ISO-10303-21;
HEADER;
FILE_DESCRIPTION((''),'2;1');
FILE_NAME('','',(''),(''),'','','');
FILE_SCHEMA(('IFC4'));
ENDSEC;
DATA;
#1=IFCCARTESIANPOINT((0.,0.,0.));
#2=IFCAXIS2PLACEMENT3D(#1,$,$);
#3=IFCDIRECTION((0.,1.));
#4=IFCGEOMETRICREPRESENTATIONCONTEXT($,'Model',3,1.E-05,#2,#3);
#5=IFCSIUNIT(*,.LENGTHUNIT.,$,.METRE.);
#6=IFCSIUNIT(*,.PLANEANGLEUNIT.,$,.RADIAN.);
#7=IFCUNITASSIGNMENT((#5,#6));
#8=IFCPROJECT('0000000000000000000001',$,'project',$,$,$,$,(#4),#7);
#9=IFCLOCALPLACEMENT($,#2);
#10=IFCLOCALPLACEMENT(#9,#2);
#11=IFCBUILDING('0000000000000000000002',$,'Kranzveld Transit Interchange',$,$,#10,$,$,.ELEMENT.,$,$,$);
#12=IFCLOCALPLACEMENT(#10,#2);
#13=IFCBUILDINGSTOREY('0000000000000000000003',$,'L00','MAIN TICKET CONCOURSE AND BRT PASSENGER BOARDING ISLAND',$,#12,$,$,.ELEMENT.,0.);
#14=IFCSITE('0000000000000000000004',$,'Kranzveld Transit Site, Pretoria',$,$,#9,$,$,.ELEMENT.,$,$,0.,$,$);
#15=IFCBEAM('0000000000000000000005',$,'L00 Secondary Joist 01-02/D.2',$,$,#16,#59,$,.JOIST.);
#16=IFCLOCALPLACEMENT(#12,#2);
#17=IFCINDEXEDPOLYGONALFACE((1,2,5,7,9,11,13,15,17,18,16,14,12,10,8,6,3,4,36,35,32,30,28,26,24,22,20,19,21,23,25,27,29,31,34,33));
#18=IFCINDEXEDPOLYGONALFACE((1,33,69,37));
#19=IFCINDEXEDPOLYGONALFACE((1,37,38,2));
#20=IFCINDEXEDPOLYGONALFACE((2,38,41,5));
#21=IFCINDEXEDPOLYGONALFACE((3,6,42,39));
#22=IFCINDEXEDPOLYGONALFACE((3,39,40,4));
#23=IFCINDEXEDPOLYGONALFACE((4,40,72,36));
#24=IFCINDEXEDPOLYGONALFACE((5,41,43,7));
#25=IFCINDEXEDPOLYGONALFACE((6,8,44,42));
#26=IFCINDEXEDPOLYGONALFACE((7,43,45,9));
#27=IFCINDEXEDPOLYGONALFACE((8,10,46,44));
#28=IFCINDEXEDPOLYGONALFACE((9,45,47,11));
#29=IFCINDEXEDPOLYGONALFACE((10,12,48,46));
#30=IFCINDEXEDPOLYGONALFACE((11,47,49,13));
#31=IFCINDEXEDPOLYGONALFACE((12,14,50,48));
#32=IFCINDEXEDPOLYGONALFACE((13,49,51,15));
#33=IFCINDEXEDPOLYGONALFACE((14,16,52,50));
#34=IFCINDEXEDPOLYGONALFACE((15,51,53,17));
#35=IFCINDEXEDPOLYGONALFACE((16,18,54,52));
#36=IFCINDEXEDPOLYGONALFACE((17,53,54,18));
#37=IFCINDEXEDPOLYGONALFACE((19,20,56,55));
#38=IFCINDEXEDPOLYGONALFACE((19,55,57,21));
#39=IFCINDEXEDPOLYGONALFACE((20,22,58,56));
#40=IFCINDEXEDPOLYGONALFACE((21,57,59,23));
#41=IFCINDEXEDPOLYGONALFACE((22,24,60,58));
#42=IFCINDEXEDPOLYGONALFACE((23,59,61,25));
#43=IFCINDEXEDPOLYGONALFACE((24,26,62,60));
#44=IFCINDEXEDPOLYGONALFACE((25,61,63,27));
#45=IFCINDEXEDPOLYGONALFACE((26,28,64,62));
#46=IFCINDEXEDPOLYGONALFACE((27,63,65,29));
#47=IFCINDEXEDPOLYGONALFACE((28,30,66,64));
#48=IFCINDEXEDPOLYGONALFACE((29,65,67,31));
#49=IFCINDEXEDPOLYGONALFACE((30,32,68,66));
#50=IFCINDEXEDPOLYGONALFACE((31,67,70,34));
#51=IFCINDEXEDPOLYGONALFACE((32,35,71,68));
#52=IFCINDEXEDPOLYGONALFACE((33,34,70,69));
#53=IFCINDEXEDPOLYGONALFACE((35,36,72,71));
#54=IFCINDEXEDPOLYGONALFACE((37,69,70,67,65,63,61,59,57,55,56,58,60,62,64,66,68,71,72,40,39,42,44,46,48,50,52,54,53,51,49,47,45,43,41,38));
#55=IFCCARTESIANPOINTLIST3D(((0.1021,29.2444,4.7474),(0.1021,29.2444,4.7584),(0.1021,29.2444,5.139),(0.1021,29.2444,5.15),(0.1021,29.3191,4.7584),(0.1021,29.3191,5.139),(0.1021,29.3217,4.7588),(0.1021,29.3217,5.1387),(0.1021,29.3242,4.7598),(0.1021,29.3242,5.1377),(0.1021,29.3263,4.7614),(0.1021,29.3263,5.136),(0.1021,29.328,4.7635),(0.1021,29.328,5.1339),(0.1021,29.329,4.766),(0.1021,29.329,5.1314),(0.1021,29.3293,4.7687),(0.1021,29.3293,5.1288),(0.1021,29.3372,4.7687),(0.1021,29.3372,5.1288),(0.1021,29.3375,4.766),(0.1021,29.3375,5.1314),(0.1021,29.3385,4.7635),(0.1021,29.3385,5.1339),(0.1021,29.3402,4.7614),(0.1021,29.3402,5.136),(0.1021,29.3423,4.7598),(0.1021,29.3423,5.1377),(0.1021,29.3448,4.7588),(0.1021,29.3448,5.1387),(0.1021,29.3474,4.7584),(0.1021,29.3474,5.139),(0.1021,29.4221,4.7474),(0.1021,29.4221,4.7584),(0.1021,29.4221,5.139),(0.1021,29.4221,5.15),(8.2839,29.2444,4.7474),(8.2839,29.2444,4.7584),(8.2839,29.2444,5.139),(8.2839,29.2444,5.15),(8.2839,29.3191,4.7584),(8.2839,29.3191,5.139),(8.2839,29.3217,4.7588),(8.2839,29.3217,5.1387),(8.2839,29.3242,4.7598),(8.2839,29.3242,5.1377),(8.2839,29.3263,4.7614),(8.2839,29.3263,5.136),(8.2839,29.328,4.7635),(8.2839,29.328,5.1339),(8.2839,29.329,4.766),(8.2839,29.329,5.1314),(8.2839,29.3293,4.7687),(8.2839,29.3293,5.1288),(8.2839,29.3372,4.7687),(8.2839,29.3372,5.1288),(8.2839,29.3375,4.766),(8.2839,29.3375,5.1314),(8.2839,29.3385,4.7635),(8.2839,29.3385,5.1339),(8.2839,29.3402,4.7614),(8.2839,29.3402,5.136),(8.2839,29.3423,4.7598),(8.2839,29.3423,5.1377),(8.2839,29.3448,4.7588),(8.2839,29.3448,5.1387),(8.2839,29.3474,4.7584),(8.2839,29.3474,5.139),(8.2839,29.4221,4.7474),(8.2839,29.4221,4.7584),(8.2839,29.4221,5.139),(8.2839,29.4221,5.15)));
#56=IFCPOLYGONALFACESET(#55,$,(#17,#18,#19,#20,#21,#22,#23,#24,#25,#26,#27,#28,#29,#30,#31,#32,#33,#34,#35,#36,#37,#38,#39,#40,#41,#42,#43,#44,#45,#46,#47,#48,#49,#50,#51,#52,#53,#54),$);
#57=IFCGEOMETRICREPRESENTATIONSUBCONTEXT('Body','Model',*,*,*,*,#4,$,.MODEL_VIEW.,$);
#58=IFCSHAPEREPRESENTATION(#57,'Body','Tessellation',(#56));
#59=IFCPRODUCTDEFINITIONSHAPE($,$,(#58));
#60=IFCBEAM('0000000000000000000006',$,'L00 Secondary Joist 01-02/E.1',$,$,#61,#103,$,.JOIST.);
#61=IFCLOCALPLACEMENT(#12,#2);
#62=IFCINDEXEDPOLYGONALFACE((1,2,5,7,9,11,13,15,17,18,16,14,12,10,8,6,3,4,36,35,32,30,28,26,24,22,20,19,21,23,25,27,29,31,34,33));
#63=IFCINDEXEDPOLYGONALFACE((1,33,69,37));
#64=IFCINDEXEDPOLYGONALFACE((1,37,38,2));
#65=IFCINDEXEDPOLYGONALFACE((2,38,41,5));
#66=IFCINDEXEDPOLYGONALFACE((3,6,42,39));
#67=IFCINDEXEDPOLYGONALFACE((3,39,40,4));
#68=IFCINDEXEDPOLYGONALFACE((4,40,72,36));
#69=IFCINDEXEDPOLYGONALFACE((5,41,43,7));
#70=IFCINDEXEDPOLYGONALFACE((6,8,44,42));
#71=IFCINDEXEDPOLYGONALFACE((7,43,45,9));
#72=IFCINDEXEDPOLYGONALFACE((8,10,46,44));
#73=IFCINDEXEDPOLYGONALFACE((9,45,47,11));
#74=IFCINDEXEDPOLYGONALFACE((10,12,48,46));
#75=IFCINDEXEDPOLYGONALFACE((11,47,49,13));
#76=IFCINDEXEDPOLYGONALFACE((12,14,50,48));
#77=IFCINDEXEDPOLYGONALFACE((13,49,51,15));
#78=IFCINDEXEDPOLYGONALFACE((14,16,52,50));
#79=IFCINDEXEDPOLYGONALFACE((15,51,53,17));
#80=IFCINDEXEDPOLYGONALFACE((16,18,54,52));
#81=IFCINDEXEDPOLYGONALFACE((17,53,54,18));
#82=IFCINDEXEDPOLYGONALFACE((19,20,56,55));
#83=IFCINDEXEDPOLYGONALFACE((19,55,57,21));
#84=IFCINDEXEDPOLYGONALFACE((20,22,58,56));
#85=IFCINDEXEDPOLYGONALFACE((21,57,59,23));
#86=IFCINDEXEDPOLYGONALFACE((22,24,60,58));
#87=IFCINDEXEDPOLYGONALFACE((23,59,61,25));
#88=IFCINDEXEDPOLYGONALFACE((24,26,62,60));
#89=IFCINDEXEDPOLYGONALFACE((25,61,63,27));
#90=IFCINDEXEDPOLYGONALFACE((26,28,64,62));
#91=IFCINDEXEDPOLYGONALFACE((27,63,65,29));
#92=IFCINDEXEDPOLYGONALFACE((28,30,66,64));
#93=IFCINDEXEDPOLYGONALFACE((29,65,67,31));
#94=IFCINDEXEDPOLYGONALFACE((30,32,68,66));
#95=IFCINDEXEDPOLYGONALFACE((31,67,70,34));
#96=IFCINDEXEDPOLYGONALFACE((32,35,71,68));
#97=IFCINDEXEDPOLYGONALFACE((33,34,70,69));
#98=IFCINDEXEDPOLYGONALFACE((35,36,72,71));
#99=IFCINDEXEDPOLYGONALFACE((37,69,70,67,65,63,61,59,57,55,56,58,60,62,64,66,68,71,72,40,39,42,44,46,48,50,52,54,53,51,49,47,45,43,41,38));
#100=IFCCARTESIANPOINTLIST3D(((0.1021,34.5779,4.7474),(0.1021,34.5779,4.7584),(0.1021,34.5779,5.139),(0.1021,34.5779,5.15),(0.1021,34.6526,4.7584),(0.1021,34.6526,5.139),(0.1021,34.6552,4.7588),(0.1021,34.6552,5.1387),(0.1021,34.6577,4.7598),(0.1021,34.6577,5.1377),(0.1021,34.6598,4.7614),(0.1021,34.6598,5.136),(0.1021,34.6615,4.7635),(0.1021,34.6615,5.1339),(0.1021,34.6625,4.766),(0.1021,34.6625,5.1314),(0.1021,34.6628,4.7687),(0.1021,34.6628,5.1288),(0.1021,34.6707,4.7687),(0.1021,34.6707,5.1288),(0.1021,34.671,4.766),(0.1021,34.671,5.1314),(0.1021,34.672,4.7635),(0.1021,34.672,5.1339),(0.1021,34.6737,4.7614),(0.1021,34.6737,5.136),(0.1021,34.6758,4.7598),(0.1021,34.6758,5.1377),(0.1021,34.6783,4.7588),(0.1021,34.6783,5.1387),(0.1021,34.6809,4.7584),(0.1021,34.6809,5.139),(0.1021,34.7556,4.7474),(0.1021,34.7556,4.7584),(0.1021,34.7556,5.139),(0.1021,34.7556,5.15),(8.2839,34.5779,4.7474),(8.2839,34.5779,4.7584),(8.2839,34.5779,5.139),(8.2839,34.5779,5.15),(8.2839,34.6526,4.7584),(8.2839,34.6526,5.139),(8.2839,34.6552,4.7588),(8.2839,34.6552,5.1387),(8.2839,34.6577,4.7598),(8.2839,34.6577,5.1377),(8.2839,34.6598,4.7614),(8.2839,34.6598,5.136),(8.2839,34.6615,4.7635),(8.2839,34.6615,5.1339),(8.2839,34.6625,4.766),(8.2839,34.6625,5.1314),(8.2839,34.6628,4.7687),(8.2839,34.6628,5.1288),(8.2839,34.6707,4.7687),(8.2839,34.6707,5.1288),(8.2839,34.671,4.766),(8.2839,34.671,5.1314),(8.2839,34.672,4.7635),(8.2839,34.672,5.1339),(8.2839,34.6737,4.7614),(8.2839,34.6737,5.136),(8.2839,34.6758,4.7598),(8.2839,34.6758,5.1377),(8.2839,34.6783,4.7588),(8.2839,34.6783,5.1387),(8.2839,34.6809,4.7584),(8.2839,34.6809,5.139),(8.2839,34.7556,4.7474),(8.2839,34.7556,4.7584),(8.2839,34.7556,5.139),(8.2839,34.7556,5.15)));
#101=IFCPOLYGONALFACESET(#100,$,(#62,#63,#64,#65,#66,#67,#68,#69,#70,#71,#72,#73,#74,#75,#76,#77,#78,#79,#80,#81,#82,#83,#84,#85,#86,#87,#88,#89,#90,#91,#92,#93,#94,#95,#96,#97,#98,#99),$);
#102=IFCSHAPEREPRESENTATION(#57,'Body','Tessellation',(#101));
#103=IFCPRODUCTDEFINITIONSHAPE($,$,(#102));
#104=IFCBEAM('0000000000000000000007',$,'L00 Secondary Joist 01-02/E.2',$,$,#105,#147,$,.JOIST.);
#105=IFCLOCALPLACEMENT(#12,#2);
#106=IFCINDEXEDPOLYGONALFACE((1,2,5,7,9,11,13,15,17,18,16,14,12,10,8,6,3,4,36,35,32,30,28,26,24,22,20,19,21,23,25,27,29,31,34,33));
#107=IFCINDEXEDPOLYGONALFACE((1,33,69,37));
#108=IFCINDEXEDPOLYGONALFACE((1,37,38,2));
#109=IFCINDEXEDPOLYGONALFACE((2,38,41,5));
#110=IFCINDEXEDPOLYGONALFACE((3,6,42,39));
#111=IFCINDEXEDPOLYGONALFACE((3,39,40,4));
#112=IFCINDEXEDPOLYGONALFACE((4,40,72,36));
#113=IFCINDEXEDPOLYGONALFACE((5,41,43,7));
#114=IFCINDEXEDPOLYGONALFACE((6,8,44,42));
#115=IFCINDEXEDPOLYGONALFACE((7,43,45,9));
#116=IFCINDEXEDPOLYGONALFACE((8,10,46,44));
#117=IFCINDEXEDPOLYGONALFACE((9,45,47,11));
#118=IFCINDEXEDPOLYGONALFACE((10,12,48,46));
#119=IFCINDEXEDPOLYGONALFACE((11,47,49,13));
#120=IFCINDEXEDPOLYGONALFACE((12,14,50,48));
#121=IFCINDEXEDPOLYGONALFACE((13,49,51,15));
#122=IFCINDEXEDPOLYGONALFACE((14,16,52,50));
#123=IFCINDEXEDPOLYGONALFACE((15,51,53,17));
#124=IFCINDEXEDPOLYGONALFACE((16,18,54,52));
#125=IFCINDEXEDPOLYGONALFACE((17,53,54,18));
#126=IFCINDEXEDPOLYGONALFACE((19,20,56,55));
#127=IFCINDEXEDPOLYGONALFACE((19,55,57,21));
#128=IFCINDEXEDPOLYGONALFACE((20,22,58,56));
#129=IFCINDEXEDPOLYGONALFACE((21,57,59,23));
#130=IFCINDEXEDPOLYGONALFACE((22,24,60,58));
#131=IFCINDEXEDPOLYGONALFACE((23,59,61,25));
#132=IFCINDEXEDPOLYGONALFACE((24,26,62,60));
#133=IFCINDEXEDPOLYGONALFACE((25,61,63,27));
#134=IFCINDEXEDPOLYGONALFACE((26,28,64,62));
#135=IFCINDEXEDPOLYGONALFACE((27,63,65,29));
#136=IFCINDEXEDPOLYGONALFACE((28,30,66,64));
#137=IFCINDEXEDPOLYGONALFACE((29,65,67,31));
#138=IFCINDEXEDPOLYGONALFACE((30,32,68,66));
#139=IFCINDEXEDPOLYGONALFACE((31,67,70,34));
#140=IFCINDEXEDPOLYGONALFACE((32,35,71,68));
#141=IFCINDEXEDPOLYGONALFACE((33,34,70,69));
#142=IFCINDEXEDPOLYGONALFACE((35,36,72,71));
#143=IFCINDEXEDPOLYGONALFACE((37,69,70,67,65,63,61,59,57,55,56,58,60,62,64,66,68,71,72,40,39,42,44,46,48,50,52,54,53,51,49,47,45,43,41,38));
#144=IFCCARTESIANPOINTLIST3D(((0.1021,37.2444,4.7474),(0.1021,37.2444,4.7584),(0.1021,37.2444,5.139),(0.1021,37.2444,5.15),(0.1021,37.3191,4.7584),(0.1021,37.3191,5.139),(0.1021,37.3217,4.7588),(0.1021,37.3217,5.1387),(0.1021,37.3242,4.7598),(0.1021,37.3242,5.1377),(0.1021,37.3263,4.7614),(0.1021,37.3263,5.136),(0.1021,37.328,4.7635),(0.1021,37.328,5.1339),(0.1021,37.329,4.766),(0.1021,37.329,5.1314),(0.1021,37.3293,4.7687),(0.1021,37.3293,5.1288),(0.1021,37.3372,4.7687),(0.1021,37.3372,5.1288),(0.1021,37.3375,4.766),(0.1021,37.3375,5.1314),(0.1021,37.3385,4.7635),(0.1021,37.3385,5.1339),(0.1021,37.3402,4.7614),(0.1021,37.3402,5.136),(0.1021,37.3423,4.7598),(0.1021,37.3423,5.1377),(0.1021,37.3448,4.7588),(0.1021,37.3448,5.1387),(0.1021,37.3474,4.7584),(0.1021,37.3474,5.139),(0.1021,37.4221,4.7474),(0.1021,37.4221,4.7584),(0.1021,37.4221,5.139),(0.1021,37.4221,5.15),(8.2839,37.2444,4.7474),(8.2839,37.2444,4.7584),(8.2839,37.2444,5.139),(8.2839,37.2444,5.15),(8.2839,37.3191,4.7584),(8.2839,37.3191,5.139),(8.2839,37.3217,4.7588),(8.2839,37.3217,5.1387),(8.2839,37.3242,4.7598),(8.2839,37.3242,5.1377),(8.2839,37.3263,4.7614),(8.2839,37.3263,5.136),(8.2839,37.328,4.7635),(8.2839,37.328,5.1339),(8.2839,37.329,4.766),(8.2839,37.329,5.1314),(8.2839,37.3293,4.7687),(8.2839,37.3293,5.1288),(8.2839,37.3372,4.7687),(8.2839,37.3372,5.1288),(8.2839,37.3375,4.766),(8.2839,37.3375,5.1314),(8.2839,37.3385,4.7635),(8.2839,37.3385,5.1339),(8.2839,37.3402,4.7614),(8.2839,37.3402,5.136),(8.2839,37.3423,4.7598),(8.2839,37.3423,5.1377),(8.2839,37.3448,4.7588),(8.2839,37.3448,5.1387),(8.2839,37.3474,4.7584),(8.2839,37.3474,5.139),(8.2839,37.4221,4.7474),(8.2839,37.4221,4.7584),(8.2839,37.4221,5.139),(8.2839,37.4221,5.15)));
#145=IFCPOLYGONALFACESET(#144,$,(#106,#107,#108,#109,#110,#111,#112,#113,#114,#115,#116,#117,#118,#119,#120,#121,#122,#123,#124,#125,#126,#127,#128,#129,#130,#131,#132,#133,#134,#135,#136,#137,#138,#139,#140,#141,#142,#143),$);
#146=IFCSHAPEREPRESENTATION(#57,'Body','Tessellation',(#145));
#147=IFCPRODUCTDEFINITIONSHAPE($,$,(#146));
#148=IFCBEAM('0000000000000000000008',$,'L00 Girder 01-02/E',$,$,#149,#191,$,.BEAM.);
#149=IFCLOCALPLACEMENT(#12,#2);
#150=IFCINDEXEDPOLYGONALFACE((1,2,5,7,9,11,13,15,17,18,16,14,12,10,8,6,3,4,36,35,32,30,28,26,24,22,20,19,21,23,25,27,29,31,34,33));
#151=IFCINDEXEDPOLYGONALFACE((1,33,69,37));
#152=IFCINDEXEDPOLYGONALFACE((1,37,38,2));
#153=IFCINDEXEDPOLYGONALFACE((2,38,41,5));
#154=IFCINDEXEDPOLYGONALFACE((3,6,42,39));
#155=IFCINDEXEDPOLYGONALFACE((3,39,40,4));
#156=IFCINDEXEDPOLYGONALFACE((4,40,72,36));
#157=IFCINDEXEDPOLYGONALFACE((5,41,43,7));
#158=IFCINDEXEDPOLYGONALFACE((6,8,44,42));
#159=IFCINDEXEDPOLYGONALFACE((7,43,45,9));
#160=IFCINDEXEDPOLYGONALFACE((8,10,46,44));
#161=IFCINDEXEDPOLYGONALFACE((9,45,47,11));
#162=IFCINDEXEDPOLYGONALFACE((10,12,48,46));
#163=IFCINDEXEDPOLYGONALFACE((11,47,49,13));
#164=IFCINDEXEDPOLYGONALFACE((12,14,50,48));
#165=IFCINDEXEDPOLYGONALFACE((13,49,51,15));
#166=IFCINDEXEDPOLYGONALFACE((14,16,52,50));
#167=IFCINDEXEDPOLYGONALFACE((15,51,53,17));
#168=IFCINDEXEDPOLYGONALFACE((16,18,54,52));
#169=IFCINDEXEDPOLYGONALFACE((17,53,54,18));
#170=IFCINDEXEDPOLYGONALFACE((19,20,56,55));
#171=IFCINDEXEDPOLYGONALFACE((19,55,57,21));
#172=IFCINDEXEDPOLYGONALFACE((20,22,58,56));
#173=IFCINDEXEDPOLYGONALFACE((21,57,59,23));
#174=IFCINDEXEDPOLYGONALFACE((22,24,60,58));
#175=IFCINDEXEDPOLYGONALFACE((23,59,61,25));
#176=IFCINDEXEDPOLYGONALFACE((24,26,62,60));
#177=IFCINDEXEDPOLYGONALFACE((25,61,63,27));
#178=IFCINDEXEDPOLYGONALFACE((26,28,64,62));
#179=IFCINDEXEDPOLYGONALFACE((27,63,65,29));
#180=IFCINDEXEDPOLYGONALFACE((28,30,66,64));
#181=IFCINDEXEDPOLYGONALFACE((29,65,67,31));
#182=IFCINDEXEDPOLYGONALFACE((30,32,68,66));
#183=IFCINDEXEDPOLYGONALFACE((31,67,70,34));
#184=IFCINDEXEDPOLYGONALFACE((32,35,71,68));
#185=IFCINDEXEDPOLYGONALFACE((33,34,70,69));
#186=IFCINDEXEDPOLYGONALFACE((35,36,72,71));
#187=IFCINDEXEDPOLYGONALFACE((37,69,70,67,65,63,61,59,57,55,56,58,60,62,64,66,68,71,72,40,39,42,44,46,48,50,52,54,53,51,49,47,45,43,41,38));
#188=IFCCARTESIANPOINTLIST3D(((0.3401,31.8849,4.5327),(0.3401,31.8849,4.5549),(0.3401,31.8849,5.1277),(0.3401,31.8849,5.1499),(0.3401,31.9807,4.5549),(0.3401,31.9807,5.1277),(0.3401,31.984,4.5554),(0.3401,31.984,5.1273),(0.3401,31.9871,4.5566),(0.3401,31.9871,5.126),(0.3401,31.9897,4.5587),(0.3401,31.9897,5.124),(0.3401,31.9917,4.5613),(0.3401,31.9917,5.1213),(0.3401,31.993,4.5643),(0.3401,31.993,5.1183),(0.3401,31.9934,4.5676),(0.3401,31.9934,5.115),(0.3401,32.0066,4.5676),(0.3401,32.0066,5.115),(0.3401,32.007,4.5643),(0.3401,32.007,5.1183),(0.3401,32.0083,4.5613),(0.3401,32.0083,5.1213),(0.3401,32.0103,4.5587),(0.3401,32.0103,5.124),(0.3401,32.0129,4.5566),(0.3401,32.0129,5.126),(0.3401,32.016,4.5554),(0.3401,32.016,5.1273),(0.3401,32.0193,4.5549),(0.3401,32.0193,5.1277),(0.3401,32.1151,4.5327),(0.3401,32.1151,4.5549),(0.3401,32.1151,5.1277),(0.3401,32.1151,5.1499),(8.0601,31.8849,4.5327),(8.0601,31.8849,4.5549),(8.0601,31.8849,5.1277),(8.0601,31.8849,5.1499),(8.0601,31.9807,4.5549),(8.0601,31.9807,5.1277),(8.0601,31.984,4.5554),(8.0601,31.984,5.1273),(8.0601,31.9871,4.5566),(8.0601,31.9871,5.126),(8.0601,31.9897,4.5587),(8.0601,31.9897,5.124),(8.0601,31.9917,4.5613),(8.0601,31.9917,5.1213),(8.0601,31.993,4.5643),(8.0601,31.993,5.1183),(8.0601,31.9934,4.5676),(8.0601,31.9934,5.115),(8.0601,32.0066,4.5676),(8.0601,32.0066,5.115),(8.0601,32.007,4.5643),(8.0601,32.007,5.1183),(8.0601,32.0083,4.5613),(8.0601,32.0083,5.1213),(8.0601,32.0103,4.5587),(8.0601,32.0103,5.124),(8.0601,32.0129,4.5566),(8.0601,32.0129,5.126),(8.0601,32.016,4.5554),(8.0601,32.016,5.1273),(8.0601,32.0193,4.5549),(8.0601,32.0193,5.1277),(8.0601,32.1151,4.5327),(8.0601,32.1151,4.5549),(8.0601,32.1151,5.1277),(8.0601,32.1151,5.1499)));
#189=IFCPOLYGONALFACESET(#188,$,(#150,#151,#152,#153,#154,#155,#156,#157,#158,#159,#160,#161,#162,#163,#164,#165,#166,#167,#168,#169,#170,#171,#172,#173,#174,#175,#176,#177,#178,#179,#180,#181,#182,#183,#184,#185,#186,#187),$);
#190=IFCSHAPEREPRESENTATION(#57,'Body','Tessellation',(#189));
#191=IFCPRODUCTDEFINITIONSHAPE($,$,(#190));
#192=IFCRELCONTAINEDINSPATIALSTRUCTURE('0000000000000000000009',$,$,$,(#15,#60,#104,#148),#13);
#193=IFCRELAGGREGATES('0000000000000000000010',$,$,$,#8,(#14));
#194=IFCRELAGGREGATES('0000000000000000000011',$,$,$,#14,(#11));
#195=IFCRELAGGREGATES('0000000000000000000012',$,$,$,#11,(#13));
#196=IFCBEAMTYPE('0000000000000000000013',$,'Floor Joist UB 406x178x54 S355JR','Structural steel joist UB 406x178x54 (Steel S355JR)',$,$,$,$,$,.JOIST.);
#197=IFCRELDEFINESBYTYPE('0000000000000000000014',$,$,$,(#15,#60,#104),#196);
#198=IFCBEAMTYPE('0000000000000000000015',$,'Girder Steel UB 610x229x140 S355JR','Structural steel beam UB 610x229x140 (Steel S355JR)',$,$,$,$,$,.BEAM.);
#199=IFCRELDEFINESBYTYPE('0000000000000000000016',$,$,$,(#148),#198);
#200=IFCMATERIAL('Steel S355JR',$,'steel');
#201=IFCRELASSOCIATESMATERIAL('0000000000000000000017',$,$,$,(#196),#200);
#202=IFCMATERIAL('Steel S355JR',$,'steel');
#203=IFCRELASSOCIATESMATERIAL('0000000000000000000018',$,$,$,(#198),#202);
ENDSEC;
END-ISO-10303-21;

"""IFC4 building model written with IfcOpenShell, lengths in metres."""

from ifc_helpers import new_model, si_unit, direction, frame, origin, origin_2d, place, context, subcontext, project, spatial, i_section, extrude, material, material_profile, profile_set, type_object, element, save


model = new_model("IFC4")

# Units and contexts
model_context = context("Model", 3, precision=1e-05, world=origin(), true_north=direction((0.0, 1.0)))
body_context = subcontext(model_context, "Body", "Model", "MODEL_VIEW")
ifc_project = project(units=[si_unit("LENGTHUNIT", "METRE"), si_unit("PLANEANGLEUNIT", "RADIAN")], contexts=[model_context])

# Site, building, storey
site_placement = place(None, origin())
site = spatial("IfcSite", under=ifc_project, at=site_placement, Name="Kranzveld Transit Site, Pretoria", CompositionType="ELEMENT", RefElevation=0.0)
building_placement = place(site_placement, origin())
building = spatial("IfcBuilding", under=site, at=building_placement, Name="Kranzveld Transit Interchange", CompositionType="ELEMENT")
storey_placement = place(building_placement, origin())
storey = spatial("IfcBuildingStorey", under=building, at=storey_placement, Name="L00", Description="MAIN TICKET CONCOURSE AND BRT PASSENGER BOARDING ISLAND", CompositionType="ELEMENT", Elevation=0.0)

# Beams
ifc_material_1 = material(Name="Steel S355JR", Category="steel")
ifc_material_profile_1 = material_profile(ifc_material_1, i_section(OverallWidth=0.1777, OverallDepth=0.4026, WebThickness=0.0078, FlangeThickness=0.011, FilletRadius=0.0103, at=origin_2d()), Name="UB 406x178x54")
ifc_profile_set_1 = profile_set([ifc_material_profile_1], Name="Steel S355JR")
beam_type_1 = type_object("IfcBeamType", Name="Floor Joist UB 406x178x54 S355JR", Description="Structural steel joist UB 406x178x54 (Steel S355JR)", PredefinedType="JOIST", material=ifc_profile_set_1)
for number, where, z_axis, x_axis, name in (
    (1, (0.1021, 29.3333, 4.9487), (1.0, 0.0, 0.0), (0.0, 1.0, 0.0), "L00 Secondary Joist 01-02/D.2"),
    (2, (0.1021, 34.6667, 4.9487), (1.0, 0.0, 0.0), (0.0, 1.0, 0.0), "L00 Secondary Joist 01-02/E.1"),
    (3, (0.1021, 37.3333, 4.9487), (1.0, 0.0, 0.0), (0.0, 1.0, 0.0), "L00 Secondary Joist 01-02/E.2"),
):
    element("IfcBeam", number, at=place(storey_placement, frame(where, z_axis=z_axis, x_axis=x_axis)), inside=storey, type_object=beam_type_1, Name=name, PredefinedType="JOIST", context=body_context, shape_type="SweptSolid", body=[
        extrude(i_section(OverallWidth=0.1777, OverallDepth=0.4026, WebThickness=0.0078, FlangeThickness=0.011, FilletRadius=0.0103, at=origin_2d()), origin(), (0.0, 0.0, 1.0), 8.1819),
    ])
ifc_material_2 = material(Name="Steel S355JR", Category="steel")
ifc_material_profile_2 = material_profile(ifc_material_2, i_section(OverallWidth=0.2302, OverallDepth=0.6172, WebThickness=0.0132, FlangeThickness=0.0222, FilletRadius=0.0127, at=origin_2d()), Name="UB 610x229x140")
ifc_profile_set_2 = profile_set([ifc_material_profile_2], Name="Steel S355JR")
beam_type_2 = type_object("IfcBeamType", Name="Girder Steel UB 610x229x140 S355JR", Description="Structural steel beam UB 610x229x140 (Steel S355JR)", PredefinedType="BEAM", material=ifc_profile_set_2)
beam_1_placement = place(storey_placement, frame((0.3401, 32.0, 4.8413), z_axis=(1.0, 0.0, 0.0), x_axis=(0.0, 1.0, 0.0)))
element("IfcBeam", 4, at=beam_1_placement, inside=storey, type_object=beam_type_2, Name="L00 Girder 01-02/E", PredefinedType="BEAM", context=body_context, shape_type="SweptSolid", body=[
    extrude(i_section(OverallWidth=0.2302, OverallDepth=0.6172, WebThickness=0.0132, FlangeThickness=0.0222, FilletRadius=0.0127, at=origin_2d()), origin(), (0.0, 0.0, 1.0), 7.72),
])

save(model, "model.ifc")
